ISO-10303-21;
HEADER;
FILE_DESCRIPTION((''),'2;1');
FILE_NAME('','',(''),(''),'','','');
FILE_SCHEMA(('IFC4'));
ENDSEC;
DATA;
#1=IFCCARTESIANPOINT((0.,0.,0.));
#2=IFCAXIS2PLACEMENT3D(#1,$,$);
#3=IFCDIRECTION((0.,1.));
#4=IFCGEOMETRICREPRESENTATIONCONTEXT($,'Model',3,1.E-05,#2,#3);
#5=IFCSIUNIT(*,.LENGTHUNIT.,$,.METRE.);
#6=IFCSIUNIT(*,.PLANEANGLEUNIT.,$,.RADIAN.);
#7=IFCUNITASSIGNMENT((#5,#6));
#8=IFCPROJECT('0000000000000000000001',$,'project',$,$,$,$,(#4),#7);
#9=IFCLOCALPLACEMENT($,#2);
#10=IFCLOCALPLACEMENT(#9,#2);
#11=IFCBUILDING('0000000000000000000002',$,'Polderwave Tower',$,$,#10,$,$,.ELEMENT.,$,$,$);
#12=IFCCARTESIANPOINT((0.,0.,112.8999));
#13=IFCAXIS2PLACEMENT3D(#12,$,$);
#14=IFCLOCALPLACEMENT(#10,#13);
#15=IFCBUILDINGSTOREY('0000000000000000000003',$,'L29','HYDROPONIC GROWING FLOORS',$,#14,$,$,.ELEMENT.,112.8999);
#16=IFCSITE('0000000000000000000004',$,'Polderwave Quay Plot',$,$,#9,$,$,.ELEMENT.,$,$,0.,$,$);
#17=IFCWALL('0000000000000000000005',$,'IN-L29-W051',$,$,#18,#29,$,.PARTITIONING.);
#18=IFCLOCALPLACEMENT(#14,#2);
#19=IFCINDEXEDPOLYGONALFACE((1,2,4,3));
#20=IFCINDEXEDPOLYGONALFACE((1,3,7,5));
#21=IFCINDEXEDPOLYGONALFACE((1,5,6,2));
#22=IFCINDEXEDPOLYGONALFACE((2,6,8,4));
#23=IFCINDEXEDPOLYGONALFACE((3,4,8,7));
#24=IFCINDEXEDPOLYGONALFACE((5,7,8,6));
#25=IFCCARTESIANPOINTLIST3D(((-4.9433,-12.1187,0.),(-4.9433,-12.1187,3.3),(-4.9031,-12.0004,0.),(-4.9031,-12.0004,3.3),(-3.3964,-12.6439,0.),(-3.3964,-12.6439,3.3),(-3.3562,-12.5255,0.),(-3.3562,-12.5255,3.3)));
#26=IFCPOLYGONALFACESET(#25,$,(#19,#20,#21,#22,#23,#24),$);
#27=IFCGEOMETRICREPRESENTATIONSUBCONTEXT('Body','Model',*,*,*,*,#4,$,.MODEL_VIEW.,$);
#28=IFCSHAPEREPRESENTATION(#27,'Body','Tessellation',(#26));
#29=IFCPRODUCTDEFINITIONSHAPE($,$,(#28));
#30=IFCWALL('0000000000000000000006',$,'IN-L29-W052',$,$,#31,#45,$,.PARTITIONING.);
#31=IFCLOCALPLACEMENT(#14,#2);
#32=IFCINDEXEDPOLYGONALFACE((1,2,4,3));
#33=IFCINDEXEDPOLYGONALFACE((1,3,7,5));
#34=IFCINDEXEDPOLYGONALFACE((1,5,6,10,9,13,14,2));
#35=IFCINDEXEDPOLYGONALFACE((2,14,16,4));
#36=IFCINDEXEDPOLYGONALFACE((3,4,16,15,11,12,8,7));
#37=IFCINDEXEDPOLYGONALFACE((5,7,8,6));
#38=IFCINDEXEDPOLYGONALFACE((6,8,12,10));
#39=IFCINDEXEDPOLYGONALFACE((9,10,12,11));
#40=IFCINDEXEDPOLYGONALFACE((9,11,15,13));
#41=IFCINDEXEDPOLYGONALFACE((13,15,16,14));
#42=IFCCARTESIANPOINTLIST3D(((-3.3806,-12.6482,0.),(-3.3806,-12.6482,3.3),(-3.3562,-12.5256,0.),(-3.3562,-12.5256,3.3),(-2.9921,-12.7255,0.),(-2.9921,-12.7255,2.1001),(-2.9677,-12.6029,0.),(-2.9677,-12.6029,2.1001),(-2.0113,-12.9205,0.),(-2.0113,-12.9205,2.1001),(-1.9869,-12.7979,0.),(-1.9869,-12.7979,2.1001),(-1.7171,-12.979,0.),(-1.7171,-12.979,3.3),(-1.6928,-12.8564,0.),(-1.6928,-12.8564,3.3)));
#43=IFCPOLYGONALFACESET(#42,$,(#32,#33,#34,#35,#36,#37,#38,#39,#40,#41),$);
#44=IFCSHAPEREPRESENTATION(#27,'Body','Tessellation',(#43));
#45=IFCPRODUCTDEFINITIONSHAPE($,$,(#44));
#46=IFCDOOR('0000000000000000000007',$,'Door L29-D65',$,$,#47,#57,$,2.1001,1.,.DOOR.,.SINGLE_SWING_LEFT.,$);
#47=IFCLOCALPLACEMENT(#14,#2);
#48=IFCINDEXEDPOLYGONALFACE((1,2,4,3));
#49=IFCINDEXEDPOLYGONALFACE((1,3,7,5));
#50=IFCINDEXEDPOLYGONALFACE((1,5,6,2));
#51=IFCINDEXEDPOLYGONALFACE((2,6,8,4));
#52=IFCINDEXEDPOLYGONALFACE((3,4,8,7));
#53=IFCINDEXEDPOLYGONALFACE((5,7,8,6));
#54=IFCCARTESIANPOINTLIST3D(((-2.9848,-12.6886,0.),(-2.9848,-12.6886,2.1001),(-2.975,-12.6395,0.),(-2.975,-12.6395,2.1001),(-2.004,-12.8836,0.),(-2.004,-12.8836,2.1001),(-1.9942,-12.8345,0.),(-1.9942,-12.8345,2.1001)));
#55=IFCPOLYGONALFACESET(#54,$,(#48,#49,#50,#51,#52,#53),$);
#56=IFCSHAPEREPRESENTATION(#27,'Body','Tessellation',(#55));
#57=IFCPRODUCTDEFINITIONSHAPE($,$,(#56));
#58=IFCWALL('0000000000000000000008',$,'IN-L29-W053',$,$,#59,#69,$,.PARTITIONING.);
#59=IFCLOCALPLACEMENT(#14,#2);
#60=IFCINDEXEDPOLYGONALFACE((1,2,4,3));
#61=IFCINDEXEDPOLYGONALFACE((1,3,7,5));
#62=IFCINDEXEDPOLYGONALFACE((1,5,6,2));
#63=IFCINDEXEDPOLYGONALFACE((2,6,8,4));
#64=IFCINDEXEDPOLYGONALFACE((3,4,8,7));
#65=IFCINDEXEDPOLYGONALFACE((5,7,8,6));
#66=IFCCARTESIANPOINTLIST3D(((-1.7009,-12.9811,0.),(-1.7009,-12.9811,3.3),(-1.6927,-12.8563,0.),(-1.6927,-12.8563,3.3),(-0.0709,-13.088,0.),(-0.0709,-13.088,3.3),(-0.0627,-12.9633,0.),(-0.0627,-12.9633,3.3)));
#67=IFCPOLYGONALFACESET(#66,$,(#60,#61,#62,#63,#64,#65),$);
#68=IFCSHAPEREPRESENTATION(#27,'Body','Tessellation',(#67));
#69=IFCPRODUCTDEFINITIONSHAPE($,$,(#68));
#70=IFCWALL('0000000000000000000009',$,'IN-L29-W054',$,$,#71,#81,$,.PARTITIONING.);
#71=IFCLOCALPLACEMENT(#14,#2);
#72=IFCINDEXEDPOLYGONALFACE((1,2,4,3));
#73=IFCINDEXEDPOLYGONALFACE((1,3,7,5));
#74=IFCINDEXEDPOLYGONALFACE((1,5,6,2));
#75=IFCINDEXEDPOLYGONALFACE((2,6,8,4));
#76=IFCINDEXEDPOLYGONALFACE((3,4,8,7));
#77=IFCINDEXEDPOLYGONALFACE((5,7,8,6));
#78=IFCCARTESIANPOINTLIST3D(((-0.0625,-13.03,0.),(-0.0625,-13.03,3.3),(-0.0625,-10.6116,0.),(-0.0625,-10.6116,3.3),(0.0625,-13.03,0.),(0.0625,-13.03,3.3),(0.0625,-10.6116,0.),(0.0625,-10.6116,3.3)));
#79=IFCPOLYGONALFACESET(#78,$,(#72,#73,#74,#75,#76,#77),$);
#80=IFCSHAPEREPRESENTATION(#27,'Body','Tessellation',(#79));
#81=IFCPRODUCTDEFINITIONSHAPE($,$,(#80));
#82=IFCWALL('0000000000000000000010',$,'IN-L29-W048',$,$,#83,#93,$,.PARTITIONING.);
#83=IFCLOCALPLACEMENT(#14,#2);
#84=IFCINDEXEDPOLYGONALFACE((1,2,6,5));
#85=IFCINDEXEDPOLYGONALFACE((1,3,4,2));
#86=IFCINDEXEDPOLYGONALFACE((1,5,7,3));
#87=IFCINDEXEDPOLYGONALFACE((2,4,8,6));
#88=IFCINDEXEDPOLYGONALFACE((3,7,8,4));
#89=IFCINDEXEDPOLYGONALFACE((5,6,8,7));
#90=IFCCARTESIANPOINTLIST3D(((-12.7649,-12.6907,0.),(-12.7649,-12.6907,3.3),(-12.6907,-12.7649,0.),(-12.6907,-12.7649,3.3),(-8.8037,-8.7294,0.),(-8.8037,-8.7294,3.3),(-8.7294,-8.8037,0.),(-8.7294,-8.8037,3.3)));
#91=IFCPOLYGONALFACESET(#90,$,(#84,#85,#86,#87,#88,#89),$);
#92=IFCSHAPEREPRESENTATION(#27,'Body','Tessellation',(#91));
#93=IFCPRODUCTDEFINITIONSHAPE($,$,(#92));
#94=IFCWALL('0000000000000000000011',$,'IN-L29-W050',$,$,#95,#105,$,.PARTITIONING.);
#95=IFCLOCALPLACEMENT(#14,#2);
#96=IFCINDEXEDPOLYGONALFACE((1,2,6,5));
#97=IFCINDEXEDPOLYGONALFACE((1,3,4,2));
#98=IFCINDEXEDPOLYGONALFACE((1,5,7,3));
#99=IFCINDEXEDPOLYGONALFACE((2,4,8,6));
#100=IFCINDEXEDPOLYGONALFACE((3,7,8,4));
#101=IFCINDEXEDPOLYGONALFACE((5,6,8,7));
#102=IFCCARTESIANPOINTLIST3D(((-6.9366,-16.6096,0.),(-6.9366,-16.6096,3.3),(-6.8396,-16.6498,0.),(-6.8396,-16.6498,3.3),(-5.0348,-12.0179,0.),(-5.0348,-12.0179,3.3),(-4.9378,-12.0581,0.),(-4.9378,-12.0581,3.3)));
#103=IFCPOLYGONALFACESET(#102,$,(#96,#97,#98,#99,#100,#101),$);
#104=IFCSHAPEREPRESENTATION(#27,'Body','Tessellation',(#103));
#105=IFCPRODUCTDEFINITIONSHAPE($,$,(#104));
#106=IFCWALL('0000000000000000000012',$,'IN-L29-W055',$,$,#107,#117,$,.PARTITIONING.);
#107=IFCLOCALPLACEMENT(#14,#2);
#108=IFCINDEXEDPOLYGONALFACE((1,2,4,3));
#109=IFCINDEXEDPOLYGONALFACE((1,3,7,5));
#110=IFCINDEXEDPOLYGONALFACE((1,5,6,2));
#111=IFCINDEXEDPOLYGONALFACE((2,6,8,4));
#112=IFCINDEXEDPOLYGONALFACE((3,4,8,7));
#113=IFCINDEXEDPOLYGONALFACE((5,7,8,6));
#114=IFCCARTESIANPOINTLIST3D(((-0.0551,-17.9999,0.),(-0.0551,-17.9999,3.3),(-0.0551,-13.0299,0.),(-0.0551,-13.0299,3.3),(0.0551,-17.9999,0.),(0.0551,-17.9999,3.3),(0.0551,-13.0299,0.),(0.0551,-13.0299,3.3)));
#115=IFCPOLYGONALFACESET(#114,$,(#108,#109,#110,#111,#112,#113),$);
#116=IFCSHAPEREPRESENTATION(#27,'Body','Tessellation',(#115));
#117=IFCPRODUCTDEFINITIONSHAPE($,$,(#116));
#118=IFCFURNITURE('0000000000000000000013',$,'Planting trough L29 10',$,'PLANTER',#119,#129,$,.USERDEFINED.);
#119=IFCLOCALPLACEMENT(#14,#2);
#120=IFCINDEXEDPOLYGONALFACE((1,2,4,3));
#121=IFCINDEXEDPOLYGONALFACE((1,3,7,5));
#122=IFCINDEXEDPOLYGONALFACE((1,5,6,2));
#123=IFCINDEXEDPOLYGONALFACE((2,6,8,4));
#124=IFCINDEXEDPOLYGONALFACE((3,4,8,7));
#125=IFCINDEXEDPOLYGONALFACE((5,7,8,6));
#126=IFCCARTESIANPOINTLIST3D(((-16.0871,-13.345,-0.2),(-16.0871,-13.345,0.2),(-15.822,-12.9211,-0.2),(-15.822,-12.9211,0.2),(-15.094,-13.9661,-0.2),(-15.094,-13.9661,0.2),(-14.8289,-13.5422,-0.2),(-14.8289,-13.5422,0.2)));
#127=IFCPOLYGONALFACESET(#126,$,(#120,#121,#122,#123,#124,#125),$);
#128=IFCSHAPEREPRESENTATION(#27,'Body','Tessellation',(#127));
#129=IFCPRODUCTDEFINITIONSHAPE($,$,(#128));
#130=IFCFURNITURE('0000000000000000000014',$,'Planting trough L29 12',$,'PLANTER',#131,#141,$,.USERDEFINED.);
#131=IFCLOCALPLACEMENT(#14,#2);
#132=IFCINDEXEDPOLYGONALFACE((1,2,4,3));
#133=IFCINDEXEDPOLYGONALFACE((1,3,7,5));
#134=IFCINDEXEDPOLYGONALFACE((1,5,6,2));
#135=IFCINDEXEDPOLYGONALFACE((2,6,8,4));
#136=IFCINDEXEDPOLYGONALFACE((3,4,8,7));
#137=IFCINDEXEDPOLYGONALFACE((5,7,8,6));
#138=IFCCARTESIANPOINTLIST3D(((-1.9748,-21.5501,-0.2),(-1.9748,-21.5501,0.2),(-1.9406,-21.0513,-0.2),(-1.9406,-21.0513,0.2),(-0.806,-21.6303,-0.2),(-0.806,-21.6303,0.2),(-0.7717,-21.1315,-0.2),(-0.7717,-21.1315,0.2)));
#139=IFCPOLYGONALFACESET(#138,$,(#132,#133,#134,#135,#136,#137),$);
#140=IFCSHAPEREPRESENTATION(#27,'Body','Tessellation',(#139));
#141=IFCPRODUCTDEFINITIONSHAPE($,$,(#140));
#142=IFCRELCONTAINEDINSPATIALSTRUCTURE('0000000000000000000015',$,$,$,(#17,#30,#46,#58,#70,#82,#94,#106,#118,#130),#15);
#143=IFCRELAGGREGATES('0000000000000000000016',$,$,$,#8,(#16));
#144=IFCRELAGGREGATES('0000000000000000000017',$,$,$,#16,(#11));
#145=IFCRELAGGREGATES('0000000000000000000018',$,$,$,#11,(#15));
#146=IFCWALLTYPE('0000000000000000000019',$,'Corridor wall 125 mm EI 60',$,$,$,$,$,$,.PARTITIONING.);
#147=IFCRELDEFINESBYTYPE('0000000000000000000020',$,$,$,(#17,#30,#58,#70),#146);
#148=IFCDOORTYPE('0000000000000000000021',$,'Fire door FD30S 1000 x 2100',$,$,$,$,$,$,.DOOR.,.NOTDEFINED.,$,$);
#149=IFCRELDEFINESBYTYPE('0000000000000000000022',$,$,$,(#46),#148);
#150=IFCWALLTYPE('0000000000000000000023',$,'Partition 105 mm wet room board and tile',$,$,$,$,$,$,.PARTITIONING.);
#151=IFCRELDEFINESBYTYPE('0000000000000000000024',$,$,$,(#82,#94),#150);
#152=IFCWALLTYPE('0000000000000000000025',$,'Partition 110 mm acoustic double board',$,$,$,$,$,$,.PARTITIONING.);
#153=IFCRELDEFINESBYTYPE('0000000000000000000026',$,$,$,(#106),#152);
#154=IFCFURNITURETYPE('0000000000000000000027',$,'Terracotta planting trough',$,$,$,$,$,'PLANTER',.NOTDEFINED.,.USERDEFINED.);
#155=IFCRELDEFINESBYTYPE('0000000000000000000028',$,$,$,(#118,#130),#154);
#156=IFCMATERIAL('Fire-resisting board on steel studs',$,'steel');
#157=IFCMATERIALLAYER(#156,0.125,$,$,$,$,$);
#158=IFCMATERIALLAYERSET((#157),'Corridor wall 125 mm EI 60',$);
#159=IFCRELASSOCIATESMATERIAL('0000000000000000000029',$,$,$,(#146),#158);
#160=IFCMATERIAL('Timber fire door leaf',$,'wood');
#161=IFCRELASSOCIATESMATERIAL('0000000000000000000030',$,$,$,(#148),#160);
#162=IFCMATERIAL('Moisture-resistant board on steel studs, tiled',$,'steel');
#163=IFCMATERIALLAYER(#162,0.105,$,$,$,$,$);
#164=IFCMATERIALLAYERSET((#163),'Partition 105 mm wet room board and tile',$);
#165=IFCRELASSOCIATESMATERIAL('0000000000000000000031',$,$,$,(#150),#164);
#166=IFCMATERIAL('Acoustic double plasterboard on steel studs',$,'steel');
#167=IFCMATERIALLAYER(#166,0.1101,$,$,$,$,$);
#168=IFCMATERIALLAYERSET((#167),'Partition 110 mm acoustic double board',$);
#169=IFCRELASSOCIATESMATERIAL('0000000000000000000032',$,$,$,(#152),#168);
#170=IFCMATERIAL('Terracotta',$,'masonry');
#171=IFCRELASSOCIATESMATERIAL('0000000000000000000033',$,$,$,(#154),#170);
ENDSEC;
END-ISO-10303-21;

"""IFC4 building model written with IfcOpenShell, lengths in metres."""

from ifc_helpers import new_model, si_unit, direction, frame, frame_2d, origin, origin_2d, place, context, subcontext, project, spatial, rectangle, extrude, material, layer, layer_set, type_object, element, fill, save


model = new_model("IFC4")

# Units and contexts
model_context = context("Model", 3, precision=1e-05, world=origin(), true_north=direction((0.0, 1.0)))
body_context = subcontext(model_context, "Body", "Model", "MODEL_VIEW")
ifc_project = project(units=[si_unit("LENGTHUNIT", "METRE"), si_unit("PLANEANGLEUNIT", "RADIAN")], contexts=[model_context])

# Site, building, storey
site_placement = place(None, origin())
site = spatial("IfcSite", under=ifc_project, at=site_placement, Name="Polderwave Quay Plot", CompositionType="ELEMENT", RefElevation=0.0)
building_placement = place(site_placement, origin())
building = spatial("IfcBuilding", under=site, at=building_placement, Name="Polderwave Tower", CompositionType="ELEMENT")
storey_placement = place(building_placement, frame((0.0, 0.0, 112.8999)))
storey = spatial("IfcBuildingStorey", under=building, at=storey_placement, Name="L29", Description="HYDROPONIC GROWING FLOORS", CompositionType="ELEMENT", Elevation=112.8999)

# Shared definitions
ifc_material_1 = material(Name="Fire-resisting board on steel studs", Category="steel")
ifc_layer_1 = layer(ifc_material_1, 0.125)
ifc_layer_set_1 = layer_set([ifc_layer_1], Name="Corridor wall 125 mm EI 60")
wall_type_1 = type_object("IfcWallType", Name="Corridor wall 125 mm EI 60", PredefinedType="PARTITIONING", material=ifc_layer_set_1)
ifc_material_2 = material(Name="Timber fire door leaf", Category="wood")
door_type = type_object("IfcDoorType", Name="Fire door FD30S 1000 x 2100", OperationType="NOTDEFINED", PredefinedType="DOOR", material=ifc_material_2)

# Wall
wall_1_placement = place(storey_placement, frame((-3.3762, -12.5847, 0.0), z_axis=(0.0, 0.0, 1.0), x_axis=(-0.94692, 0.321469, 0.0)))
element("IfcWall", 1, at=wall_1_placement, inside=storey, type_object=wall_type_1, Name="IN-L29-W051", PredefinedType="PARTITIONING", context=body_context, shape_type="SweptSolid", body=[
    extrude(rectangle(XDim=1.6335, YDim=0.125, at=frame_2d((0.8169, 0.0))), origin(), (0.0, 0.0, 1.0), 3.3),
])

# Wall, opening, door
wall_2_placement = place(storey_placement, frame((-1.7048, -12.9177, 0.0), z_axis=(0.0, 0.0, 1.0), x_axis=(-0.980796, 0.195036, 0.0)))
wall_2 = element("IfcWall", 2, at=wall_2_placement, inside=storey, type_object=wall_type_1, Name="IN-L29-W052", PredefinedType="PARTITIONING", context=body_context, shape_type="SweptSolid", body=[
    extrude(rectangle(XDim=1.696, YDim=0.125, at=frame_2d((0.8481, 0.0))), origin(), (0.0, 0.0, 1.0), 3.3),
])
opening_1_placement = place(wall_2_placement, frame((0.3, 0.0, 0.0)))
opening_1 = element("IfcOpeningElement", 3, at=opening_1_placement, cuts=wall_2, PredefinedType="OPENING", context=body_context, shape_type="SweptSolid", body=[
    extrude(rectangle(XDim=1.0, YDim=2.1001, at=frame_2d((0.5, 1.05))), frame((0.0, 0.0725, 0.0), z_axis=(0.0, -1.0, 0.0), x_axis=(1.0, 0.0, 0.0)), (0.0, 0.0, 1.0), 0.145),
])
door_1_placement = place(opening_1_placement, origin())
door_1 = element("IfcDoor", 4, at=door_1_placement, inside=storey, type_object=door_type, Name="Door L29-D65", OperationType="SINGLE_SWING_LEFT", OverallHeight=2.1001, OverallWidth=1.0, PredefinedType="DOOR", context=body_context, shape_type="SweptSolid", body=[
    extrude(rectangle(XDim=1.0, YDim=2.1001, at=frame_2d((0.5, 1.05))), frame((0.0, 0.0249, 0.0), z_axis=(0.0, -1.0, 0.0), x_axis=(1.0, 0.0, 0.0)), (0.0, 0.0, 1.0), 0.05),
])
fill(opening_1, door_1)

# Walls
wall_3_placement = place(storey_placement, frame((-0.0667, -13.0256, 0.0), z_axis=(0.0, 0.0, 1.0), x_axis=(-0.997855, 0.065458, 0.0)))
element("IfcWall", 5, at=wall_3_placement, inside=storey, type_object=wall_type_1, Name="IN-L29-W053", PredefinedType="PARTITIONING", context=body_context, shape_type="SweptSolid", body=[
    extrude(rectangle(XDim=1.6335, YDim=0.125, at=frame_2d((0.8169, 0.0))), origin(), (0.0, 0.0, 1.0), 3.3),
])
wall_4_placement = place(storey_placement, frame((0.0, -10.6116, 0.0), z_axis=(0.0, 0.0, 1.0), x_axis=(0.0, -1.0, 0.0)))
element("IfcWall", 6, at=wall_4_placement, inside=storey, type_object=wall_type_1, Name="IN-L29-W054", PredefinedType="PARTITIONING", context=body_context, shape_type="SweptSolid", body=[
    extrude(rectangle(XDim=2.4185, YDim=0.125, at=frame_2d((1.2092, 0.0))), origin(), (0.0, 0.0, 1.0), 3.3),
])
ifc_material_3 = material(Name="Moisture-resistant board on steel studs, tiled", Category="steel")
ifc_layer_2 = layer(ifc_material_3, 0.105)
ifc_layer_set_2 = layer_set([ifc_layer_2], Name="Partition 105 mm wet room board and tile")
wall_type_2 = type_object("IfcWallType", Name="Partition 105 mm wet room board and tile", PredefinedType="PARTITIONING", material=ifc_layer_set_2)
wall_5_placement = place(storey_placement, frame((-12.7278, -12.7278, 0.0), z_axis=(0.0, 0.0, 1.0), x_axis=(0.707107, 0.707107, 0.0)))
element("IfcWall", 7, at=wall_5_placement, inside=storey, type_object=wall_type_2, Name="IN-L29-W048", PredefinedType="PARTITIONING", context=body_context, shape_type="SweptSolid", body=[
    extrude(rectangle(XDim=5.6021, YDim=0.105, at=frame_2d((2.801, 0.0))), origin(), (0.0, 0.0, 1.0), 3.3),
])
wall_6_placement = place(storey_placement, frame((-4.9863, -12.0381, 0.0), z_axis=(0.0, 0.0, 1.0), x_axis=(-0.382661, -0.923889, 0.0)))
element("IfcWall", 8, at=wall_6_placement, inside=storey, type_object=wall_type_2, Name="IN-L29-W050", PredefinedType="PARTITIONING", context=body_context, shape_type="SweptSolid", body=[
    extrude(rectangle(XDim=4.97, YDim=0.105, at=frame_2d((2.4849, 0.0))), origin(), (0.0, 0.0, 1.0), 3.3),
])
ifc_material_4 = material(Name="Acoustic double plasterboard on steel studs", Category="steel")
ifc_layer_3 = layer(ifc_material_4, 0.1101)
ifc_layer_set_3 = layer_set([ifc_layer_3], Name="Partition 110 mm acoustic double board")
wall_type_3 = type_object("IfcWallType", Name="Partition 110 mm acoustic double board", PredefinedType="PARTITIONING", material=ifc_layer_set_3)
wall_7_placement = place(storey_placement, frame((0.0, -13.03, 0.0), z_axis=(0.0, 0.0, 1.0), x_axis=(0.0, -1.0, 0.0)))
element("IfcWall", 9, at=wall_7_placement, inside=storey, type_object=wall_type_3, Name="IN-L29-W055", PredefinedType="PARTITIONING", context=body_context, shape_type="SweptSolid", body=[
    extrude(rectangle(XDim=4.97, YDim=0.1101, at=frame_2d((2.4849, 0.0))), origin(), (0.0, 0.0, 1.0), 3.3),
])

# Furniture
ifc_material_5 = material(Name="Terracotta", Category="masonry")
furniture_type = type_object("IfcFurnitureType", Name="Terracotta planting trough", ElementType="PLANTER", AssemblyPlace="NOTDEFINED", PredefinedType="USERDEFINED", material=ifc_material_5)
furniture_1_placement = place(storey_placement, frame((-15.458, -13.4436, -0.2), z_axis=(0.0, 0.0, 1.0), x_axis=(0.847858, -0.530224, 0.0)))
element("IfcFurniture", 10, at=furniture_1_placement, inside=storey, type_object=furniture_type, Name="Planting trough L29 10", ObjectType="PLANTER", PredefinedType="USERDEFINED", context=body_context, shape_type="SweptSolid", body=[
    extrude(rectangle(XDim=1.1714, YDim=0.5, at=origin_2d()), origin(), (0.0, 0.0, 1.0), 0.3999),
])
furniture_2_placement = place(storey_placement, frame((-1.3733, -21.3408, -0.2), z_axis=(0.0, 0.0, 1.0), x_axis=(0.997654, -0.068465, 0.0)))
element("IfcFurniture", 11, at=furniture_2_placement, inside=storey, type_object=furniture_type, Name="Planting trough L29 12", ObjectType="PLANTER", PredefinedType="USERDEFINED", context=body_context, shape_type="SweptSolid", body=[
    extrude(rectangle(XDim=1.1716, YDim=0.5, at=origin_2d()), origin(), (0.0, 0.0, 1.0), 0.3999),
])

save(model, "model.ifc")
